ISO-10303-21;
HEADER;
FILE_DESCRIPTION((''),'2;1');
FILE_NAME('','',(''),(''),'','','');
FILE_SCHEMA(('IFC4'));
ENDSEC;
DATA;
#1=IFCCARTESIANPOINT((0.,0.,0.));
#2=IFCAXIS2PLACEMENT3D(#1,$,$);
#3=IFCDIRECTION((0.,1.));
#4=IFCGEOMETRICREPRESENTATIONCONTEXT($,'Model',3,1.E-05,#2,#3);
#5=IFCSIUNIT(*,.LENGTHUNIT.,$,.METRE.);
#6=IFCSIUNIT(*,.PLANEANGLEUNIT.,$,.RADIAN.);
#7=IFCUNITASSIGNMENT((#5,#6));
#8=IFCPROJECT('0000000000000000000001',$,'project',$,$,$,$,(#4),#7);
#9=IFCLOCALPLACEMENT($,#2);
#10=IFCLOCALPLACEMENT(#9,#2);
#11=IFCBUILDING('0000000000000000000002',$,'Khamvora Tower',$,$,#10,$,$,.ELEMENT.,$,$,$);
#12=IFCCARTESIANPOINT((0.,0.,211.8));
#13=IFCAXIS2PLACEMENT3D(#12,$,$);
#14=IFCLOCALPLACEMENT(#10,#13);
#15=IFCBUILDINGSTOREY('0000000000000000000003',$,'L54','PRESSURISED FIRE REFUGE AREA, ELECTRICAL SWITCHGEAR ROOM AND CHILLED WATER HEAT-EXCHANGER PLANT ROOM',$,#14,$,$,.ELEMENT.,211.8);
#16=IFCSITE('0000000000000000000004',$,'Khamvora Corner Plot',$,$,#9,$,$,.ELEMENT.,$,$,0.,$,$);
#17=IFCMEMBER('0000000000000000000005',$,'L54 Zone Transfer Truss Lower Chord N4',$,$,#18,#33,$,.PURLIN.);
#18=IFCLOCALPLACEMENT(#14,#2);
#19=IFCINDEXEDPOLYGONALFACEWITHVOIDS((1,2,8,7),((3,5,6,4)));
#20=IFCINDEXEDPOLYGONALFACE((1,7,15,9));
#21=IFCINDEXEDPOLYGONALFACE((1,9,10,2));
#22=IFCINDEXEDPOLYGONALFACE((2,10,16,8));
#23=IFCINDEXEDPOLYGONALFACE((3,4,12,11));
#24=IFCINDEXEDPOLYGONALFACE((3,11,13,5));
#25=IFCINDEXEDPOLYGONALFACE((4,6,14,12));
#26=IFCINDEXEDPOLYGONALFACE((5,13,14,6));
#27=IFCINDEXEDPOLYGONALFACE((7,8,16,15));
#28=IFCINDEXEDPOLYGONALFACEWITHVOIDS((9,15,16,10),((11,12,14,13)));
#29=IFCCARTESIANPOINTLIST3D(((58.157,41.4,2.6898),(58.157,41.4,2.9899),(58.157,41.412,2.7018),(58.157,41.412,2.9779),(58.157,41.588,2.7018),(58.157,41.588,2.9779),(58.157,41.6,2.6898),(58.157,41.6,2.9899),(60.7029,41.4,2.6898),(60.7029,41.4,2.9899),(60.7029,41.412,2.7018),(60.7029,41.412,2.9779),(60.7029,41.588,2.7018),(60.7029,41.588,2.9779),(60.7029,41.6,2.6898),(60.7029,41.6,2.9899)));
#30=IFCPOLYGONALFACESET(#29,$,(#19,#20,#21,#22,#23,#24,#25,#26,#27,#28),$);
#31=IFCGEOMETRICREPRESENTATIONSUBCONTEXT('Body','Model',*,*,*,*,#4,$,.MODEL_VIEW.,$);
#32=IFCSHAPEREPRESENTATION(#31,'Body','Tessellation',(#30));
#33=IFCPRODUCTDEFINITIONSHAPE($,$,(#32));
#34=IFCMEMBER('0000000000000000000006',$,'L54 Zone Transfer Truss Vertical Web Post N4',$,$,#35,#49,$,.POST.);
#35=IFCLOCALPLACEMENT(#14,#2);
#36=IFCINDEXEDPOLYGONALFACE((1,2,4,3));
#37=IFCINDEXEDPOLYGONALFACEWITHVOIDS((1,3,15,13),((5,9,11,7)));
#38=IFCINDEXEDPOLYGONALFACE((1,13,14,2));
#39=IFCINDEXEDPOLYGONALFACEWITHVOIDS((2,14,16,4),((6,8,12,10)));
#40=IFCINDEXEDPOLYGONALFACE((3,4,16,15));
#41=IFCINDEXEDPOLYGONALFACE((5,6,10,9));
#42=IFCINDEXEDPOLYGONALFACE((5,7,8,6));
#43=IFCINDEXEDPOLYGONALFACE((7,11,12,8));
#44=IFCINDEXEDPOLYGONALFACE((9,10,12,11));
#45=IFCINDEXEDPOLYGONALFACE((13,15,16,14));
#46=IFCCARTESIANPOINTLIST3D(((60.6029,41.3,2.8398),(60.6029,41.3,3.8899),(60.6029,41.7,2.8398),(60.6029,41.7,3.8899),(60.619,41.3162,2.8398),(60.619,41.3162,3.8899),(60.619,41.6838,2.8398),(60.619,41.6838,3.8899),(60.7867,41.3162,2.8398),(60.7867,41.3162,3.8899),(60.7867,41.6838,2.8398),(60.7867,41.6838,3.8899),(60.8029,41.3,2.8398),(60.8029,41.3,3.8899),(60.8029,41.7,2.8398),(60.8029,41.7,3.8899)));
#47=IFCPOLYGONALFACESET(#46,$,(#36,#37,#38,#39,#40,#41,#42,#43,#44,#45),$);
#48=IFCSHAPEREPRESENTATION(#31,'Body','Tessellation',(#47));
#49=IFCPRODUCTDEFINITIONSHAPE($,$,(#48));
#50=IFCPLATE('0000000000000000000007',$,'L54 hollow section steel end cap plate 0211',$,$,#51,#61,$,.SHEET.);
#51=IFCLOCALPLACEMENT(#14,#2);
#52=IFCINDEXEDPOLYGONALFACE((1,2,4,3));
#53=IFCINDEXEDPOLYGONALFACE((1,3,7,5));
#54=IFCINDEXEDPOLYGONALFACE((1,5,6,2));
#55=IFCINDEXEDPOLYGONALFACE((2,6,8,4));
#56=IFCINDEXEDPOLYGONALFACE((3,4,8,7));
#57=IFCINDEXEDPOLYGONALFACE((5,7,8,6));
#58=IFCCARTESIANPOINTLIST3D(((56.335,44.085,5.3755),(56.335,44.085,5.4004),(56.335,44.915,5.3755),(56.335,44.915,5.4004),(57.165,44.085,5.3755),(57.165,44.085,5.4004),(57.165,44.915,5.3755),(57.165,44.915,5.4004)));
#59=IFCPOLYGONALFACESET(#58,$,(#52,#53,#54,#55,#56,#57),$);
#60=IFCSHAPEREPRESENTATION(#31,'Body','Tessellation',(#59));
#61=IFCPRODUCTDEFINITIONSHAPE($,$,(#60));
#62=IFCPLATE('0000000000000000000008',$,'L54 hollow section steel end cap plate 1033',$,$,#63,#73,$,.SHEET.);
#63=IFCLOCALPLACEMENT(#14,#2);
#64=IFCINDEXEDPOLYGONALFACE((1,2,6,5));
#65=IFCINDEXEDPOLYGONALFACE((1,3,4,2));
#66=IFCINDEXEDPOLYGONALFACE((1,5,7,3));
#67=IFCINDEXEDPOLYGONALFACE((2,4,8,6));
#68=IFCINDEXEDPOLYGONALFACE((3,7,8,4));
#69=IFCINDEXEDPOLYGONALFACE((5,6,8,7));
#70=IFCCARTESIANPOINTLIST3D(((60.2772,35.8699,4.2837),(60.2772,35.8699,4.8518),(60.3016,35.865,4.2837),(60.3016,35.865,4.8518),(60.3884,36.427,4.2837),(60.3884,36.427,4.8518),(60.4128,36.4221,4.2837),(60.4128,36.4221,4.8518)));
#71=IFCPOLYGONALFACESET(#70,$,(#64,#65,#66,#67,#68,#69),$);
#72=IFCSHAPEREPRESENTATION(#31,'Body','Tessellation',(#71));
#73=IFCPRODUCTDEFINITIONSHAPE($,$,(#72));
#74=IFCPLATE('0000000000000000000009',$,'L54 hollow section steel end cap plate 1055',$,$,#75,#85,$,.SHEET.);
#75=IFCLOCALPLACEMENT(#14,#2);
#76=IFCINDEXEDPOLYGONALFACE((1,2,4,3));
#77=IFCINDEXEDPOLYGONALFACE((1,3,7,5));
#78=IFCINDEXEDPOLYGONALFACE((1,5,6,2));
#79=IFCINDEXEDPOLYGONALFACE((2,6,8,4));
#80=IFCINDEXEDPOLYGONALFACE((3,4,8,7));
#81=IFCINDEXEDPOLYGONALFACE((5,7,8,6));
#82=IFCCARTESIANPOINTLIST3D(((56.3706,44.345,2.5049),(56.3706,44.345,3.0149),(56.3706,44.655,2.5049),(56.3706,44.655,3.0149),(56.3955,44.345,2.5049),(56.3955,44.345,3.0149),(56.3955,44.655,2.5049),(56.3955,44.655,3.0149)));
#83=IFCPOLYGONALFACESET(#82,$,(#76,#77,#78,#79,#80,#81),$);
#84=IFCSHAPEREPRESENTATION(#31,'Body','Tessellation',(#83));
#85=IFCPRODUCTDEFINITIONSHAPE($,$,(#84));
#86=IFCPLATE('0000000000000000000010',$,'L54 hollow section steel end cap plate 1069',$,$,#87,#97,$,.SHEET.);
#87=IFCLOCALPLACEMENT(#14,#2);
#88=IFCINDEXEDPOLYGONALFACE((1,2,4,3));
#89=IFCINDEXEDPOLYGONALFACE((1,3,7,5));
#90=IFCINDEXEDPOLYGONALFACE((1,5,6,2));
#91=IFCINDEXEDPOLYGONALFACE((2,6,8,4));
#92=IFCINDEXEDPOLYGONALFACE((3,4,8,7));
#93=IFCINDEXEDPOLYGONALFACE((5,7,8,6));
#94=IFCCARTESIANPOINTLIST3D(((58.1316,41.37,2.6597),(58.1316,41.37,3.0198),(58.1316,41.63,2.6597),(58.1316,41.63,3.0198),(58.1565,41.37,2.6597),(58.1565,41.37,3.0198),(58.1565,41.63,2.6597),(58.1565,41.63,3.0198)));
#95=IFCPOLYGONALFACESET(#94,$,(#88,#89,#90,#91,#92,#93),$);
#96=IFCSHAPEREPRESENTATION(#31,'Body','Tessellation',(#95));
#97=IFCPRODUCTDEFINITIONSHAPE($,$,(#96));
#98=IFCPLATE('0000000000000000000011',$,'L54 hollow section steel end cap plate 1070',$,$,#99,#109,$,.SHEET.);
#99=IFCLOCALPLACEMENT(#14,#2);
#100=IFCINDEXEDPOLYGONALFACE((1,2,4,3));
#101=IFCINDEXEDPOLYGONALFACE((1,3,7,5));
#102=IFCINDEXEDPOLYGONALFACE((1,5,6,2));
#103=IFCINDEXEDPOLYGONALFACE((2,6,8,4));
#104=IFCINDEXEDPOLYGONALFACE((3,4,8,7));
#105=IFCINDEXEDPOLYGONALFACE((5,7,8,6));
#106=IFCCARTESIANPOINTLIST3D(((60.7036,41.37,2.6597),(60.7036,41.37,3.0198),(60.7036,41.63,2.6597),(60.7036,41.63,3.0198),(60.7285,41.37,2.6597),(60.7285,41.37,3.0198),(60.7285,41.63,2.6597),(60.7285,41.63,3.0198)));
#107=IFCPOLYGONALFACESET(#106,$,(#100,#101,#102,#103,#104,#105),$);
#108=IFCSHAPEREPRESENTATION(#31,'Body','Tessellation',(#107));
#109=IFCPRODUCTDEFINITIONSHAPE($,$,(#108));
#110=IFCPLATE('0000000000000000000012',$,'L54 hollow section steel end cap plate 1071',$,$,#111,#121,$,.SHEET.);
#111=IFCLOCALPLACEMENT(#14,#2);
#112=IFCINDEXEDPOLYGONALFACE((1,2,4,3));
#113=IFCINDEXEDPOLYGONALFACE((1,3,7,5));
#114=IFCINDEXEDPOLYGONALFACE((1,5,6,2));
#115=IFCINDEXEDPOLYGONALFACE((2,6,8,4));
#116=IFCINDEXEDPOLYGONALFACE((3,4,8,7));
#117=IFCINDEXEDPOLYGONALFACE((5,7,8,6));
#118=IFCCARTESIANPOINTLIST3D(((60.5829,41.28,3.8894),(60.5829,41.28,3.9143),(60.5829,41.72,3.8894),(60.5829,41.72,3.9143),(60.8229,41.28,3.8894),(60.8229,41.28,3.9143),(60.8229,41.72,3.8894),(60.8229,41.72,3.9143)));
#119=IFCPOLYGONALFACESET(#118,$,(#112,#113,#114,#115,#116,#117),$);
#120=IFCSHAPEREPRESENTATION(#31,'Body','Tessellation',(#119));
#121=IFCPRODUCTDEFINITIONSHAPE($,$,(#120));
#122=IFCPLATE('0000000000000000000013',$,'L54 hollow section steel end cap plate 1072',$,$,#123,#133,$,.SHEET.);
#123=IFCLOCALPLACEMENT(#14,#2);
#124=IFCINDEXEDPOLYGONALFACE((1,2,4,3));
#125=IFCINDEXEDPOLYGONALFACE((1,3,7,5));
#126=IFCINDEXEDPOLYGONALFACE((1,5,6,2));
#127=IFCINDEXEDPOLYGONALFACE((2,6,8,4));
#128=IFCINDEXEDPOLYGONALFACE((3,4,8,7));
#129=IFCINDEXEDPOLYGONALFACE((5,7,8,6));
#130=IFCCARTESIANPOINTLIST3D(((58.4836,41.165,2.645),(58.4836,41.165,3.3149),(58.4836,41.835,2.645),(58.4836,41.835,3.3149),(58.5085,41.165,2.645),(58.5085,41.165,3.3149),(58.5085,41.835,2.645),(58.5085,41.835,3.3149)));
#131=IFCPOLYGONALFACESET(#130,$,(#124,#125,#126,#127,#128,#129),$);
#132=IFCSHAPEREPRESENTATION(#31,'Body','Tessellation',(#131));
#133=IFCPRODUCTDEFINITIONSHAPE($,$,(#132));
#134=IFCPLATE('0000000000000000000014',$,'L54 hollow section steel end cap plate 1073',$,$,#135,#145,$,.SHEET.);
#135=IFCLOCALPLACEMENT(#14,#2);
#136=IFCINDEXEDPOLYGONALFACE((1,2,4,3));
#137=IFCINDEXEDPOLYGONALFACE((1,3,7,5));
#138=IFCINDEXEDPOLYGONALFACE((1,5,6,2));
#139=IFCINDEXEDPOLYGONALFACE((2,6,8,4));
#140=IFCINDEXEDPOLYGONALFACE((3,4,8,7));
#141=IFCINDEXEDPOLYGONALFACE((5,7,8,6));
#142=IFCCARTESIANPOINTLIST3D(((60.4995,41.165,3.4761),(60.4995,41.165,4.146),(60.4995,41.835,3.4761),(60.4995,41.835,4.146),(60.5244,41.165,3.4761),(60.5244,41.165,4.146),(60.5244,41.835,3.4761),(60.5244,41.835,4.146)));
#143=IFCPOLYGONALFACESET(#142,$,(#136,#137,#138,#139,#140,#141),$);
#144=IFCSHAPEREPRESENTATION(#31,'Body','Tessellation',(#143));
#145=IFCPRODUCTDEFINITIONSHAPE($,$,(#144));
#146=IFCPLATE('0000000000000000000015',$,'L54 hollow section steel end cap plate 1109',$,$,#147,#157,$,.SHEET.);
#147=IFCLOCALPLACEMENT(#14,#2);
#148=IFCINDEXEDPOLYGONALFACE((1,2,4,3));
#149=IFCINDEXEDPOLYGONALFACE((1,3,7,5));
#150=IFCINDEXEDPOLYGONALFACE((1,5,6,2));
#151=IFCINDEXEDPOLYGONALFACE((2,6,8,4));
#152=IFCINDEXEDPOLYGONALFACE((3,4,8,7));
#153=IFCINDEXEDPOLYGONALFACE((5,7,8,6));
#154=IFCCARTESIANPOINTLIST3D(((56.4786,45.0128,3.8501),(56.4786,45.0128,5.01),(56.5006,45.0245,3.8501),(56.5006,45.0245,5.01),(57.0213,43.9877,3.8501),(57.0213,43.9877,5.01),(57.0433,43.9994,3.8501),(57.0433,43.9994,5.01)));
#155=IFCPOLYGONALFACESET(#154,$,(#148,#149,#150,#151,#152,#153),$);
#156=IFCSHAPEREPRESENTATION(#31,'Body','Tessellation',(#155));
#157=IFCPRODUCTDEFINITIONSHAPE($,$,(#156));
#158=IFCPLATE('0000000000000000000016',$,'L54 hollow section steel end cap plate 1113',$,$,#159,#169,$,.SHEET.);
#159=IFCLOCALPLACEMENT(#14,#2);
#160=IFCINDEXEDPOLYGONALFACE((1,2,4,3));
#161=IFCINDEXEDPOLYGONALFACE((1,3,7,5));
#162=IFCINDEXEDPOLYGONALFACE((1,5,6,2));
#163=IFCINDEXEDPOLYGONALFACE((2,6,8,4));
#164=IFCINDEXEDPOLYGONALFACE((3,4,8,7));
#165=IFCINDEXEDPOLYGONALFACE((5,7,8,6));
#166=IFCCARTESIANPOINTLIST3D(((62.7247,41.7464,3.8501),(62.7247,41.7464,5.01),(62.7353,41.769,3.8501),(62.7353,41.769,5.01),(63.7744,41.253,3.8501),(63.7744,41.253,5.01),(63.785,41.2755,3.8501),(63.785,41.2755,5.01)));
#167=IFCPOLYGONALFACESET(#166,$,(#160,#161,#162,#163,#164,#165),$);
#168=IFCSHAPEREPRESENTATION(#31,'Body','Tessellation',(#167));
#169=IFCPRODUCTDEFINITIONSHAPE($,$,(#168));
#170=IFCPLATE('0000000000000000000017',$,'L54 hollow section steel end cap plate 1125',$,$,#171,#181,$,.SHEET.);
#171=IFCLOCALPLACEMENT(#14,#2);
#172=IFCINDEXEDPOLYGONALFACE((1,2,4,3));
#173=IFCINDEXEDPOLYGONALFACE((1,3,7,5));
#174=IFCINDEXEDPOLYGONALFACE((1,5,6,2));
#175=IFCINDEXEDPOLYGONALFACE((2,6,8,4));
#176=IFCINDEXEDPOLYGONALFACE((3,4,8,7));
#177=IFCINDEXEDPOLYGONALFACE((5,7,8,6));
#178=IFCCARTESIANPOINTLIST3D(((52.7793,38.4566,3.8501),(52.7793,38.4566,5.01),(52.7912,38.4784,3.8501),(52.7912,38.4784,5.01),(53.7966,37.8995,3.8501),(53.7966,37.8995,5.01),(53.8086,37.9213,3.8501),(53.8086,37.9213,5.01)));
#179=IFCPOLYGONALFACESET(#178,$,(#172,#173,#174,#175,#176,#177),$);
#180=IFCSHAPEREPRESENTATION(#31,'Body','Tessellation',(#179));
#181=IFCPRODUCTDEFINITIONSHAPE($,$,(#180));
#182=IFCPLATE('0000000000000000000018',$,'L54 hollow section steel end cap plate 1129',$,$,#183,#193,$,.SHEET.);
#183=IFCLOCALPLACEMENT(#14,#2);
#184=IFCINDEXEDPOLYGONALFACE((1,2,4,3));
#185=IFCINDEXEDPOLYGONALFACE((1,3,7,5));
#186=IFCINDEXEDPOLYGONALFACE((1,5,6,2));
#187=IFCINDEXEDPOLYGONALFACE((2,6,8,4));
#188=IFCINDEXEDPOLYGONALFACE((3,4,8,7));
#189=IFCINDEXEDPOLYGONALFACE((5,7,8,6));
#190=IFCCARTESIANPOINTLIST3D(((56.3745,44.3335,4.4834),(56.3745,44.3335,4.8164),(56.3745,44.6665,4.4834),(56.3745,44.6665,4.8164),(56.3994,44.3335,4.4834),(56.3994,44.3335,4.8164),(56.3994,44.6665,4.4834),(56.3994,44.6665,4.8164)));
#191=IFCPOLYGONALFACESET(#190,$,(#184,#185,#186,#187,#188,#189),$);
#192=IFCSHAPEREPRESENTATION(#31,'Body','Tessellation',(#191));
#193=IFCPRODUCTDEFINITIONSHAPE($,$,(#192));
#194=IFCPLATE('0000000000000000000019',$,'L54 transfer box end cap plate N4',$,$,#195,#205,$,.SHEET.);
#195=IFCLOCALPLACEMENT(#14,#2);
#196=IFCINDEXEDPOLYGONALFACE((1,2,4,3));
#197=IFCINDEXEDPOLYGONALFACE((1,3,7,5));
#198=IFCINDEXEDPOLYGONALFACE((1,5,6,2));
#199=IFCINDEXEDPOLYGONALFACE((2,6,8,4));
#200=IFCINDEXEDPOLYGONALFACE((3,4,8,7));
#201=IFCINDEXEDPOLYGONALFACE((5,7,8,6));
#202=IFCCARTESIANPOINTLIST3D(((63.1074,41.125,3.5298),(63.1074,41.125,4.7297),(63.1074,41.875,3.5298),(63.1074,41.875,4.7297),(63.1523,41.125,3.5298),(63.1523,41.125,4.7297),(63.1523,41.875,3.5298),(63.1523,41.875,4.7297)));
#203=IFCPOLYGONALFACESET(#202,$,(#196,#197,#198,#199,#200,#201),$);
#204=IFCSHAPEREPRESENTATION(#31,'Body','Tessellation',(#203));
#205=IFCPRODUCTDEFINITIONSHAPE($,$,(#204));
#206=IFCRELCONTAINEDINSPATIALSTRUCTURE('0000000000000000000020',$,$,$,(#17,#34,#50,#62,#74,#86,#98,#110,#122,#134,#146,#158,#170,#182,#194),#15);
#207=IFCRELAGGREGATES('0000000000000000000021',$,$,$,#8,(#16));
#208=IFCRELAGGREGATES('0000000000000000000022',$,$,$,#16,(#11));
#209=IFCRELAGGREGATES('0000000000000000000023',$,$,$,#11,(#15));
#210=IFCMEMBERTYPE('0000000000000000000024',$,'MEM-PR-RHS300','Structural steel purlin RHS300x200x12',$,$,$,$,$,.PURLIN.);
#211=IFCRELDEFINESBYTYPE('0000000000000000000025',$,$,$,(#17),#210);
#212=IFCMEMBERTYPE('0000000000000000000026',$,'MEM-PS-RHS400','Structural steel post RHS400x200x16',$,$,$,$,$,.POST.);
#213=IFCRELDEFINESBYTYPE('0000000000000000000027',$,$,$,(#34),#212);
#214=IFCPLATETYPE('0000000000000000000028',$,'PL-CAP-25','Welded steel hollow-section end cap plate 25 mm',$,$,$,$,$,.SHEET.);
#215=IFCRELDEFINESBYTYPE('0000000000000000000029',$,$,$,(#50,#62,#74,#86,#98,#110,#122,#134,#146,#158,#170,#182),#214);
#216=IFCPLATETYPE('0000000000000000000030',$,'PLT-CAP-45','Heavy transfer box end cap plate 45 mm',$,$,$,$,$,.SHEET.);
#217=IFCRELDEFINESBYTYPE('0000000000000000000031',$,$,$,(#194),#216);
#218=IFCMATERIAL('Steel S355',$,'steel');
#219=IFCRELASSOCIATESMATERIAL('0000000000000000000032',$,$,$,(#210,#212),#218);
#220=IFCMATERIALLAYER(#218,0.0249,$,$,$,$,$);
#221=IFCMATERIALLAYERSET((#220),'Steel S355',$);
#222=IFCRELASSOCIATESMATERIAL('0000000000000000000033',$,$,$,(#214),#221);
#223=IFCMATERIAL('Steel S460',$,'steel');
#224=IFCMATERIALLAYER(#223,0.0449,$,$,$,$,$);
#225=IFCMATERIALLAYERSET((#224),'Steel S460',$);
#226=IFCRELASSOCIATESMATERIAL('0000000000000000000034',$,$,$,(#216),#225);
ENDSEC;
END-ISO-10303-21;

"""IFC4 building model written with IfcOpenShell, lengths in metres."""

from ifc_helpers import new_model, si_unit, direction, frame, origin, origin_2d, place, context, subcontext, project, spatial, rectangle, hollow_rectangle, extrude, material, layer, layer_set, material_profile, profile_set, type_object, element, save


model = new_model("IFC4")

# Units and contexts
model_context = context("Model", 3, precision=1e-05, world=origin(), true_north=direction((0.0, 1.0)))
body_context = subcontext(model_context, "Body", "Model", "MODEL_VIEW")
ifc_project = project(units=[si_unit("LENGTHUNIT", "METRE"), si_unit("PLANEANGLEUNIT", "RADIAN")], contexts=[model_context])

# Site, building, storey
site_placement = place(None, origin())
site = spatial("IfcSite", under=ifc_project, at=site_placement, Name="Khamvora Corner Plot", CompositionType="ELEMENT", RefElevation=0.0)
building_placement = place(site_placement, origin())
building = spatial("IfcBuilding", under=site, at=building_placement, Name="Khamvora Tower", CompositionType="ELEMENT")
storey_placement = place(building_placement, frame((0.0, 0.0, 211.8)))
storey = spatial("IfcBuildingStorey", under=building, at=storey_placement, Name="L54", Description="PRESSURISED FIRE REFUGE AREA, ELECTRICAL SWITCHGEAR ROOM AND CHILLED WATER HEAT-EXCHANGER PLANT ROOM", CompositionType="ELEMENT", Elevation=211.8)

# Shared definitions
ifc_material_1 = material(Name="Steel S355", Category="steel")

# Shared definitions
ifc_material_2 = material(Name="Steel S460", Category="steel")

# Members
ifc_material_profile_1 = material_profile(ifc_material_1, hollow_rectangle(XDim=0.2, YDim=0.3, WallThickness=0.012, at=origin_2d()), Name="RHS300x200x12")
ifc_profile_set_1 = profile_set([ifc_material_profile_1], Name="Steel S355")
member_type_1 = type_object("IfcMemberType", Name="MEM-PR-RHS300", Description="Structural steel purlin RHS300x200x12", PredefinedType="PURLIN", material=ifc_profile_set_1)
member_1_placement = place(storey_placement, frame((58.157, 41.5, 2.8398), z_axis=(1.0, 0.0, 0.0), x_axis=(0.0, 1.0, 0.0)))
element("IfcMember", 1, at=member_1_placement, inside=storey, type_object=member_type_1, Name="L54 Zone Transfer Truss Lower Chord N4", PredefinedType="PURLIN", context=body_context, shape_type="SweptSolid", body=[
    extrude(hollow_rectangle(XDim=0.2, YDim=0.3, WallThickness=0.012, at=origin_2d()), origin(), (0.0, 0.0, 1.0), 2.5459),
])
ifc_material_profile_2 = material_profile(ifc_material_1, hollow_rectangle(XDim=0.2, YDim=0.3999, WallThickness=0.0161, at=origin_2d()), Name="RHS400x200x16")
ifc_profile_set_2 = profile_set([ifc_material_profile_2], Name="Steel S355")
member_type_2 = type_object("IfcMemberType", Name="MEM-PS-RHS400", Description="Structural steel post RHS400x200x16", PredefinedType="POST", material=ifc_profile_set_2)
member_2_placement = place(storey_placement, frame((60.7029, 41.5, 2.8398), z_axis=(0.0, 0.0, 1.0), x_axis=(1.0, 0.0, 0.0)))
element("IfcMember", 2, at=member_2_placement, inside=storey, type_object=member_type_2, Name="L54 Zone Transfer Truss Vertical Web Post N4", PredefinedType="POST", context=body_context, shape_type="SweptSolid", body=[
    extrude(hollow_rectangle(XDim=0.2, YDim=0.3999, WallThickness=0.0161, at=origin_2d()), origin(), (0.0, 0.0, 1.0), 1.05),
])

# Plates
ifc_layer_1 = layer(ifc_material_1, 0.0249)
ifc_layer_set_1 = layer_set([ifc_layer_1], Name="Steel S355")
plate_type_1 = type_object("IfcPlateType", Name="PL-CAP-25", Description="Welded steel hollow-section end cap plate 25 mm", PredefinedType="SHEET", material=ifc_layer_set_1)
plate_1_placement = place(storey_placement, frame((56.75, 44.5, 5.3755), z_axis=(0.0, 0.0, 1.0), x_axis=(1.0, 0.0, 0.0)))
element("IfcPlate", 3, at=plate_1_placement, inside=storey, type_object=plate_type_1, Name="L54 hollow section steel end cap plate 0211", PredefinedType="SHEET", context=body_context, shape_type="SweptSolid", body=[
    extrude(rectangle(XDim=0.8301, YDim=0.8301, at=origin_2d()), origin(), (0.0, 0.0, 1.0), 0.0249),
])
plate_2_placement = place(storey_placement, frame((60.345, 36.146, 4.2837), z_axis=(0.0, 0.0, 1.0), x_axis=(0.980659, -0.195724, 0.0)))
element("IfcPlate", 4, at=plate_2_placement, inside=storey, type_object=plate_type_1, Name="L54 hollow section steel end cap plate 1033", PredefinedType="SHEET", context=body_context, shape_type="SweptSolid", body=[
    extrude(rectangle(XDim=0.0249, YDim=0.5681, at=origin_2d()), origin(), (0.0, 0.0, 1.0), 0.5681),
])
plate_3_placement = place(storey_placement, frame((56.3831, 44.5, 2.5049), z_axis=(0.0, 0.0, 1.0), x_axis=(1.0, 0.0, 0.0)))
element("IfcPlate", 5, at=plate_3_placement, inside=storey, type_object=plate_type_1, Name="L54 hollow section steel end cap plate 1055", PredefinedType="SHEET", context=body_context, shape_type="SweptSolid", body=[
    extrude(rectangle(XDim=0.0249, YDim=0.3101, at=origin_2d()), origin(), (0.0, 0.0, 1.0), 0.51),
])
for number, where, z_axis, x_axis, name in (
    (6, (58.144, 41.5, 2.6597), (0.0, 0.0, 1.0), (1.0, 0.0, 0.0), "L54 hollow section steel end cap plate 1069"),
    (7, (60.7161, 41.5, 2.6597), (0.0, 0.0, 1.0), (1.0, 0.0, 0.0), "L54 hollow section steel end cap plate 1070"),
):
    element("IfcPlate", number, at=place(storey_placement, frame(where, z_axis=z_axis, x_axis=x_axis)), inside=storey, type_object=plate_type_1, Name=name, PredefinedType="SHEET", context=body_context, shape_type="SweptSolid", body=[
        extrude(rectangle(XDim=0.0249, YDim=0.26, at=origin_2d()), origin(), (0.0, 0.0, 1.0), 0.3601),
    ])
plate_4_placement = place(storey_placement, frame((60.7029, 41.5, 3.8894), z_axis=(0.0, 0.0, 1.0), x_axis=(1.0, 0.0, 0.0)))
element("IfcPlate", 8, at=plate_4_placement, inside=storey, type_object=plate_type_1, Name="L54 hollow section steel end cap plate 1071", PredefinedType="SHEET", context=body_context, shape_type="SweptSolid", body=[
    extrude(rectangle(XDim=0.24, YDim=0.4399, at=origin_2d()), origin(), (0.0, 0.0, 1.0), 0.0249),
])
for number, where, z_axis, x_axis, name in (
    (9, (58.4961, 41.5, 2.645), (0.0, 0.0, 1.0), (1.0, 0.0, 0.0), "L54 hollow section steel end cap plate 1072"),
    (10, (60.512, 41.5, 3.4761), (0.0, 0.0, 1.0), (1.0, 0.0, 0.0), "L54 hollow section steel end cap plate 1073"),
):
    element("IfcPlate", number, at=place(storey_placement, frame(where, z_axis=z_axis, x_axis=x_axis)), inside=storey, type_object=plate_type_1, Name=name, PredefinedType="SHEET", context=body_context, shape_type="SweptSolid", body=[
        extrude(rectangle(XDim=0.0249, YDim=0.6699, at=origin_2d()), origin(), (0.0, 0.0, 1.0), 0.6699),
    ])
for number, where, z_axis, x_axis, name in (
    (11, (56.761, 44.5061, 3.8501), (0.0, 0.0, 1.0), (-0.883798, -0.467868, 0.0), "L54 hollow section steel end cap plate 1109"),
    (12, (63.2549, 41.511, 3.8501), (0.0, 0.0, 1.0), (0.4254, 0.905005, 0.0), "L54 hollow section steel end cap plate 1113"),
    (13, (53.2939, 38.189, 3.8501), (0.0, 0.0, 1.0), (-0.480315, -0.877096, 0.0), "L54 hollow section steel end cap plate 1125"),
):
    element("IfcPlate", number, at=place(storey_placement, frame(where, z_axis=z_axis, x_axis=x_axis)), inside=storey, type_object=plate_type_1, Name=name, PredefinedType="SHEET", context=body_context, shape_type="SweptSolid", body=[
        extrude(rectangle(XDim=0.0249, YDim=1.1599, at=origin_2d()), origin(), (0.0, 0.0, 1.0), 1.1599),
    ])
plate_5_placement = place(storey_placement, frame((56.387, 44.5, 4.4834), z_axis=(0.0, 0.0, 1.0), x_axis=(1.0, 0.0, 0.0)))
element("IfcPlate", 14, at=plate_5_placement, inside=storey, type_object=plate_type_1, Name="L54 hollow section steel end cap plate 1129", PredefinedType="SHEET", context=body_context, shape_type="SweptSolid", body=[
    extrude(rectangle(XDim=0.0249, YDim=0.333, at=origin_2d()), origin(), (0.0, 0.0, 1.0), 0.333),
])
ifc_layer_2 = layer(ifc_material_2, 0.0449)
ifc_layer_set_2 = layer_set([ifc_layer_2], Name="Steel S460")
plate_type_2 = type_object("IfcPlateType", Name="PLT-CAP-45", Description="Heavy transfer box end cap plate 45 mm", PredefinedType="SHEET", material=ifc_layer_set_2)
plate_6_placement = place(storey_placement, frame((63.1299, 41.5, 3.5298), z_axis=(0.0, 0.0, 1.0), x_axis=(1.0, 0.0, 0.0)))
element("IfcPlate", 15, at=plate_6_placement, inside=storey, type_object=plate_type_2, Name="L54 transfer box end cap plate N4", PredefinedType="SHEET", context=body_context, shape_type="SweptSolid", body=[
    extrude(rectangle(XDim=0.0449, YDim=0.75, at=origin_2d()), origin(), (0.0, 0.0, 1.0), 1.2),
])

save(model, "model.ifc")
